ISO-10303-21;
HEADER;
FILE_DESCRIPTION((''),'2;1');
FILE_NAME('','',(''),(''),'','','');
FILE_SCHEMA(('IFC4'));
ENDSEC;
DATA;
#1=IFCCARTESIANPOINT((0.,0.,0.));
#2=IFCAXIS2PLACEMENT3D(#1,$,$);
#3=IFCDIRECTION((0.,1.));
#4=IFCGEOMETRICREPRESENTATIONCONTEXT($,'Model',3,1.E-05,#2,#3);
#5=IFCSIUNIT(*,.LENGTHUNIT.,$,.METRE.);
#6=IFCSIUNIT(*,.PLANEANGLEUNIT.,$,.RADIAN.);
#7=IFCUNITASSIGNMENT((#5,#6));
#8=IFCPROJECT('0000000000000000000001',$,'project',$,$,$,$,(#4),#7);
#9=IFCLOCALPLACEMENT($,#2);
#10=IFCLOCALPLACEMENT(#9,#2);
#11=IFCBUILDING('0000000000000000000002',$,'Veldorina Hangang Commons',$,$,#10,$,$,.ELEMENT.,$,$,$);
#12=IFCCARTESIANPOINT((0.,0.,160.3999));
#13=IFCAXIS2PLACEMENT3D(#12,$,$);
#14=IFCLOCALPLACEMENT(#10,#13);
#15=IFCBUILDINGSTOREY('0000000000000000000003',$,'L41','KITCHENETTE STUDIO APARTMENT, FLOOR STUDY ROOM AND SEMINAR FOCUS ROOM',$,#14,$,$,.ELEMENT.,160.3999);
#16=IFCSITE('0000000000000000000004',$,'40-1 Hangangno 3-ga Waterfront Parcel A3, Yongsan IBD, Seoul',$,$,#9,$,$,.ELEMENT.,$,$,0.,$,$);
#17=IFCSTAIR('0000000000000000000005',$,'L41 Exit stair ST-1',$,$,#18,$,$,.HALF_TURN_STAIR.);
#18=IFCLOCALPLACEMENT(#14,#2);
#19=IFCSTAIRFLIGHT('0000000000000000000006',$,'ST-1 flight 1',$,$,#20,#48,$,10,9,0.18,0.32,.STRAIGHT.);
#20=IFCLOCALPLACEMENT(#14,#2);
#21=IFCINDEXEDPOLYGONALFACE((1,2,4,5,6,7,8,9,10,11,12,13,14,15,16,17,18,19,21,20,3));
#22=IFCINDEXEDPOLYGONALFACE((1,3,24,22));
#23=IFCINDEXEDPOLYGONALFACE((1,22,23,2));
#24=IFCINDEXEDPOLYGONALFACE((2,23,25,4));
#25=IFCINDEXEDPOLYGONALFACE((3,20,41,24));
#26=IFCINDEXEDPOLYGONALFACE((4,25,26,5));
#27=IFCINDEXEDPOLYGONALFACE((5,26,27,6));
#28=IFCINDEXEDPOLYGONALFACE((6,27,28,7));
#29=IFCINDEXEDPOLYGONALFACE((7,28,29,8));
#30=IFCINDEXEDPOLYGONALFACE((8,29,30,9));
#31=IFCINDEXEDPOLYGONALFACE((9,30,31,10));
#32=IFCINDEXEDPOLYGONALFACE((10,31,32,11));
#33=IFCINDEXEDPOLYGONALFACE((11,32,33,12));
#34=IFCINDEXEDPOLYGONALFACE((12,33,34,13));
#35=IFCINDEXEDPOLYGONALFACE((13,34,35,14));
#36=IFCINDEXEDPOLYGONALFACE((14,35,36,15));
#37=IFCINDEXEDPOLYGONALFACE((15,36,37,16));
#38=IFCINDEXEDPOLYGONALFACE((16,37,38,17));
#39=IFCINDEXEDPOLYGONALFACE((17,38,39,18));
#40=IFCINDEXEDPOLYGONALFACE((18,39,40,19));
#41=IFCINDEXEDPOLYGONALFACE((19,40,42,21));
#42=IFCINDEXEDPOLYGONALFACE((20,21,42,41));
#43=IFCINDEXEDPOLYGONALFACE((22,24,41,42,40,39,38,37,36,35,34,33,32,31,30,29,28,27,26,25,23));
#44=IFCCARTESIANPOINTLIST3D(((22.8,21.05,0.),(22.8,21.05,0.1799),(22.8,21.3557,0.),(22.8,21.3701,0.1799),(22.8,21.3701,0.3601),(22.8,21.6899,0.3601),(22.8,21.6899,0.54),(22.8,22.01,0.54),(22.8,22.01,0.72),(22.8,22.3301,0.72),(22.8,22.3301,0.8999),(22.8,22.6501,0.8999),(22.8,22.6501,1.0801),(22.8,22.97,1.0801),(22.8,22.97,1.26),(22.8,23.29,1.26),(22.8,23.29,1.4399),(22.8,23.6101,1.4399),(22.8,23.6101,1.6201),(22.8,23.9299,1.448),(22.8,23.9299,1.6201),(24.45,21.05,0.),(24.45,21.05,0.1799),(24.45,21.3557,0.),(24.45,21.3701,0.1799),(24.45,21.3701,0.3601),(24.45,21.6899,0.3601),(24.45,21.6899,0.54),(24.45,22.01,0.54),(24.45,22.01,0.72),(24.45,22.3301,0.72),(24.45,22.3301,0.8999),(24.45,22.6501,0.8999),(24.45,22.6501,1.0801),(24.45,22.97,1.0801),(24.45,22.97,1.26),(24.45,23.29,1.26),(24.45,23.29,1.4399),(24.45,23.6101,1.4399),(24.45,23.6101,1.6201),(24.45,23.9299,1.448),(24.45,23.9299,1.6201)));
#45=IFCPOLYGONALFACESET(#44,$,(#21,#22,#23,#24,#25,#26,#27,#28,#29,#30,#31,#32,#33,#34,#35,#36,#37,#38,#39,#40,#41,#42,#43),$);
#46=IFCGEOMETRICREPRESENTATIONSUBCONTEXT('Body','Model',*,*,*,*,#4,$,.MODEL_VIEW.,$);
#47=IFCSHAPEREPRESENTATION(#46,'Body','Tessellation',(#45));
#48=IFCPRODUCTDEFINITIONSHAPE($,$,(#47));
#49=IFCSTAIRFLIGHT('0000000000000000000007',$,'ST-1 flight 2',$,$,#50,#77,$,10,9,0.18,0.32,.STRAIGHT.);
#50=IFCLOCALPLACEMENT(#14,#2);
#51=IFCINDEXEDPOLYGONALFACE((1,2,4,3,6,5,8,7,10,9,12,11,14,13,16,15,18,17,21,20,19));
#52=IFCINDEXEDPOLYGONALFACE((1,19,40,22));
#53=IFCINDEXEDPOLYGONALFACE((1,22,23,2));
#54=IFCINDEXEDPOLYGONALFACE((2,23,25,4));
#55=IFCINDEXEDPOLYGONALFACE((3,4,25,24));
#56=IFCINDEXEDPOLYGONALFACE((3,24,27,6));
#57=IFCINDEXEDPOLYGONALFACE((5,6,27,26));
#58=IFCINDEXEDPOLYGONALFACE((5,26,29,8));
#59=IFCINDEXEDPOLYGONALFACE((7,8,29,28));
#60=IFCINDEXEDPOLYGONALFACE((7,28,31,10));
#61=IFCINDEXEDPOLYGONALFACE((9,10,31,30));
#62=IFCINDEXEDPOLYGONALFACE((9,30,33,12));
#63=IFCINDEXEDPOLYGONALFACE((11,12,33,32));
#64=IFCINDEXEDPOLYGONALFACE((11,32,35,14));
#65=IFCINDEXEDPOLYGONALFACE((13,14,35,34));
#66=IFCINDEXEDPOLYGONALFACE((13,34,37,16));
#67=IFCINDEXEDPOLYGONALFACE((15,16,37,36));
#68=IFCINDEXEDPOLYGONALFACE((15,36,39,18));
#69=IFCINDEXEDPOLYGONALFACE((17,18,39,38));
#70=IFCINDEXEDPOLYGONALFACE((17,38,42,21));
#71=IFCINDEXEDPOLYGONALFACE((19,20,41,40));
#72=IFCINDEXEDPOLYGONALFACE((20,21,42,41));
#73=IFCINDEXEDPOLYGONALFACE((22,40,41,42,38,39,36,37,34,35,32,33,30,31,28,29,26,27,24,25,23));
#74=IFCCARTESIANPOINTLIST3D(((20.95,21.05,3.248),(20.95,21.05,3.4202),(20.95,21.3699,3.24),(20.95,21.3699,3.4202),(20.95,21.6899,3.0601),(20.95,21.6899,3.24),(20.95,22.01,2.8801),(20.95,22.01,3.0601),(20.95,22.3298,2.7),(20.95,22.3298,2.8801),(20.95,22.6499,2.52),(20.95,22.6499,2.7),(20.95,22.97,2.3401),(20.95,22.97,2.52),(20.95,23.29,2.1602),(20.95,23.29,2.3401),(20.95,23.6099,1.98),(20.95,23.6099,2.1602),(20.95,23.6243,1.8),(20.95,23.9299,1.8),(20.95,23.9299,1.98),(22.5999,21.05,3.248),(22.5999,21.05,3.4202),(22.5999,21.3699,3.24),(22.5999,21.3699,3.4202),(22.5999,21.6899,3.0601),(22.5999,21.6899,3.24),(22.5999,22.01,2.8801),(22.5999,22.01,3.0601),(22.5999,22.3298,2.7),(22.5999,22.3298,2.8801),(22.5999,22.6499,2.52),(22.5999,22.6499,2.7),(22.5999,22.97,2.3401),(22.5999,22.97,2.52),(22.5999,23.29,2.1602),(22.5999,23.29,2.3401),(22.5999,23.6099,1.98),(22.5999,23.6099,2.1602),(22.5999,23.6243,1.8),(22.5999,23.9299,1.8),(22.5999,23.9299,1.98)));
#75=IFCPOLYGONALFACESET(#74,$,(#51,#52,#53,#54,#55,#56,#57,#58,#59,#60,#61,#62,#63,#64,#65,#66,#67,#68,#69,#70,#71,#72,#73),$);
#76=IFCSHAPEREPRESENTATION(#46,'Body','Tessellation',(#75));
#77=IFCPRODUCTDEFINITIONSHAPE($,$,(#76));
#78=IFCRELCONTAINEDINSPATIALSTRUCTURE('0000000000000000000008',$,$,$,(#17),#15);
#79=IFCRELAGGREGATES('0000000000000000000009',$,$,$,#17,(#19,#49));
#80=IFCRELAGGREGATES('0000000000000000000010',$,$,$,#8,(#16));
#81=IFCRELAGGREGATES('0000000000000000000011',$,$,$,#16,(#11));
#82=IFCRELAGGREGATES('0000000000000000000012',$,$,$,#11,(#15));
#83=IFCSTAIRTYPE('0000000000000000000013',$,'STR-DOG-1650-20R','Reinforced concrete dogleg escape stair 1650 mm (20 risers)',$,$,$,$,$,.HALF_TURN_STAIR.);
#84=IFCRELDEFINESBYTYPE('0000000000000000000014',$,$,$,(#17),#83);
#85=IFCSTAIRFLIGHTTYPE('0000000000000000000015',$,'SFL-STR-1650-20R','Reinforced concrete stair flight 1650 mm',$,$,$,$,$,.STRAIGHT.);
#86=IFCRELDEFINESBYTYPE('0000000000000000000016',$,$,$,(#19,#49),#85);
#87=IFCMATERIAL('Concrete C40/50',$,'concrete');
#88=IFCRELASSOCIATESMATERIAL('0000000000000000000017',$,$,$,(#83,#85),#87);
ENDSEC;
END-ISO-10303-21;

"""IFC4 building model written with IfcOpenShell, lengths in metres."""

from ifc_helpers import new_model, si_unit, direction, frame, origin, place, context, subcontext, project, spatial, polyline, outline, extrude, material, type_object, element, aggregate, save


model = new_model("IFC4")

# Units and contexts
model_context = context("Model", 3, precision=1e-05, world=origin(), true_north=direction((0.0, 1.0)))
body_context = subcontext(model_context, "Body", "Model", "MODEL_VIEW")
ifc_project = project(units=[si_unit("LENGTHUNIT", "METRE"), si_unit("PLANEANGLEUNIT", "RADIAN")], contexts=[model_context])

# Site, building, storey
site_placement = place(None, origin())
site = spatial("IfcSite", under=ifc_project, at=site_placement, Name="40-1 Hangangno 3-ga Waterfront Parcel A3, Yongsan IBD, Seoul", CompositionType="ELEMENT", RefElevation=0.0)
building_placement = place(site_placement, origin())
building = spatial("IfcBuilding", under=site, at=building_placement, Name="Veldorina Hangang Commons", CompositionType="ELEMENT")
storey_placement = place(building_placement, frame((0.0, 0.0, 160.3999)))
storey = spatial("IfcBuildingStorey", under=building, at=storey_placement, Name="L41", Description="KITCHENETTE STUDIO APARTMENT, FLOOR STUDY ROOM AND SEMINAR FOCUS ROOM", CompositionType="ELEMENT", Elevation=160.3999)

# Stair, stair flights
ifc_material_1 = material(Name="Concrete C40/50", Category="concrete")
stair_type = type_object("IfcStairType", Name="STR-DOG-1650-20R", Description="Reinforced concrete dogleg escape stair 1650 mm (20 risers)", PredefinedType="HALF_TURN_STAIR", material=ifc_material_1)
stair_placement = place(storey_placement, origin())
stair = element("IfcStair", 1, at=stair_placement, inside=storey, type_object=stair_type, Name="L41 Exit stair ST-1", PredefinedType="HALF_TURN_STAIR")
stair_flight_type = type_object("IfcStairFlightType", Name="SFL-STR-1650-20R", Description="Reinforced concrete stair flight 1650 mm", PredefinedType="STRAIGHT", material=ifc_material_1)
stair_flight_1_placement = place(storey_placement, frame((23.625, 21.05, 0.0), z_axis=(0.0, 0.0, 1.0), x_axis=(0.0, 1.0, 0.0)))
stair_flight_1 = element("IfcStairFlight", 2, at=stair_flight_1_placement, type_object=stair_flight_type, Name="ST-1 flight 1", NumberOfRisers=10, NumberOfTreads=9, PredefinedType="STRAIGHT", RiserHeight=0.18, TreadLength=0.32, context=body_context, shape_type="SweptSolid", body=[
    extrude(outline(polyline([(0.0, 0.0), (0.0, 0.1799), (0.3201, 0.1799), (0.3201, 0.3601), (0.6399, 0.3601), (0.6399, 0.54), (0.96, 0.54), (0.96, 0.72), (1.28, 0.72), (1.28, 0.8999), (1.6001, 0.8999), (1.6001, 1.0801), (1.9199, 1.0801), (1.9199, 1.26), (2.24, 1.26), (2.24, 1.4399), (2.5601, 1.4399), (2.5601, 1.6201), (2.8799, 1.6201), (2.8799, 1.8), (2.8799, 1.448), (0.3057, 0.0), (0.0, 0.0)])), frame((0.0, 0.825, 0.0), z_axis=(0.0, -1.0, 0.0), x_axis=(1.0, 0.0, 0.0)), (0.0, 0.0, 1.0), 1.6499),
])
stair_flight_2_placement = place(storey_placement, frame((21.7749, 23.9299, 1.8), z_axis=(0.0, 0.0, 1.0), x_axis=(0.0, -1.0, 0.0)))
stair_flight_2 = element("IfcStairFlight", 3, at=stair_flight_2_placement, type_object=stair_flight_type, Name="ST-1 flight 2", NumberOfRisers=10, NumberOfTreads=9, PredefinedType="STRAIGHT", RiserHeight=0.18, TreadLength=0.32, context=body_context, shape_type="SweptSolid", body=[
    extrude(outline(polyline([(0.0, 0.0), (0.0, 0.1799), (0.3201, 0.1799), (0.3201, 0.3601), (0.6399, 0.3601), (0.6399, 0.54), (0.96, 0.54), (0.96, 0.72), (1.28, 0.72), (1.28, 0.8999), (1.6001, 0.8999), (1.6001, 1.0801), (1.9199, 1.0801), (1.9199, 1.26), (2.24, 1.26), (2.24, 1.4399), (2.5601, 1.4399), (2.5601, 1.6201), (2.8799, 1.6201), (2.8799, 1.8), (2.8799, 1.448), (0.3057, 0.0), (0.0, 0.0)])), frame((0.0, 0.825, 0.0), z_axis=(0.0, -1.0, 0.0), x_axis=(1.0, 0.0, 0.0)), (0.0, 0.0, 1.0), 1.6499),
])
aggregate(stair, [stair_flight_1, stair_flight_2])

save(model, "model.ifc")
